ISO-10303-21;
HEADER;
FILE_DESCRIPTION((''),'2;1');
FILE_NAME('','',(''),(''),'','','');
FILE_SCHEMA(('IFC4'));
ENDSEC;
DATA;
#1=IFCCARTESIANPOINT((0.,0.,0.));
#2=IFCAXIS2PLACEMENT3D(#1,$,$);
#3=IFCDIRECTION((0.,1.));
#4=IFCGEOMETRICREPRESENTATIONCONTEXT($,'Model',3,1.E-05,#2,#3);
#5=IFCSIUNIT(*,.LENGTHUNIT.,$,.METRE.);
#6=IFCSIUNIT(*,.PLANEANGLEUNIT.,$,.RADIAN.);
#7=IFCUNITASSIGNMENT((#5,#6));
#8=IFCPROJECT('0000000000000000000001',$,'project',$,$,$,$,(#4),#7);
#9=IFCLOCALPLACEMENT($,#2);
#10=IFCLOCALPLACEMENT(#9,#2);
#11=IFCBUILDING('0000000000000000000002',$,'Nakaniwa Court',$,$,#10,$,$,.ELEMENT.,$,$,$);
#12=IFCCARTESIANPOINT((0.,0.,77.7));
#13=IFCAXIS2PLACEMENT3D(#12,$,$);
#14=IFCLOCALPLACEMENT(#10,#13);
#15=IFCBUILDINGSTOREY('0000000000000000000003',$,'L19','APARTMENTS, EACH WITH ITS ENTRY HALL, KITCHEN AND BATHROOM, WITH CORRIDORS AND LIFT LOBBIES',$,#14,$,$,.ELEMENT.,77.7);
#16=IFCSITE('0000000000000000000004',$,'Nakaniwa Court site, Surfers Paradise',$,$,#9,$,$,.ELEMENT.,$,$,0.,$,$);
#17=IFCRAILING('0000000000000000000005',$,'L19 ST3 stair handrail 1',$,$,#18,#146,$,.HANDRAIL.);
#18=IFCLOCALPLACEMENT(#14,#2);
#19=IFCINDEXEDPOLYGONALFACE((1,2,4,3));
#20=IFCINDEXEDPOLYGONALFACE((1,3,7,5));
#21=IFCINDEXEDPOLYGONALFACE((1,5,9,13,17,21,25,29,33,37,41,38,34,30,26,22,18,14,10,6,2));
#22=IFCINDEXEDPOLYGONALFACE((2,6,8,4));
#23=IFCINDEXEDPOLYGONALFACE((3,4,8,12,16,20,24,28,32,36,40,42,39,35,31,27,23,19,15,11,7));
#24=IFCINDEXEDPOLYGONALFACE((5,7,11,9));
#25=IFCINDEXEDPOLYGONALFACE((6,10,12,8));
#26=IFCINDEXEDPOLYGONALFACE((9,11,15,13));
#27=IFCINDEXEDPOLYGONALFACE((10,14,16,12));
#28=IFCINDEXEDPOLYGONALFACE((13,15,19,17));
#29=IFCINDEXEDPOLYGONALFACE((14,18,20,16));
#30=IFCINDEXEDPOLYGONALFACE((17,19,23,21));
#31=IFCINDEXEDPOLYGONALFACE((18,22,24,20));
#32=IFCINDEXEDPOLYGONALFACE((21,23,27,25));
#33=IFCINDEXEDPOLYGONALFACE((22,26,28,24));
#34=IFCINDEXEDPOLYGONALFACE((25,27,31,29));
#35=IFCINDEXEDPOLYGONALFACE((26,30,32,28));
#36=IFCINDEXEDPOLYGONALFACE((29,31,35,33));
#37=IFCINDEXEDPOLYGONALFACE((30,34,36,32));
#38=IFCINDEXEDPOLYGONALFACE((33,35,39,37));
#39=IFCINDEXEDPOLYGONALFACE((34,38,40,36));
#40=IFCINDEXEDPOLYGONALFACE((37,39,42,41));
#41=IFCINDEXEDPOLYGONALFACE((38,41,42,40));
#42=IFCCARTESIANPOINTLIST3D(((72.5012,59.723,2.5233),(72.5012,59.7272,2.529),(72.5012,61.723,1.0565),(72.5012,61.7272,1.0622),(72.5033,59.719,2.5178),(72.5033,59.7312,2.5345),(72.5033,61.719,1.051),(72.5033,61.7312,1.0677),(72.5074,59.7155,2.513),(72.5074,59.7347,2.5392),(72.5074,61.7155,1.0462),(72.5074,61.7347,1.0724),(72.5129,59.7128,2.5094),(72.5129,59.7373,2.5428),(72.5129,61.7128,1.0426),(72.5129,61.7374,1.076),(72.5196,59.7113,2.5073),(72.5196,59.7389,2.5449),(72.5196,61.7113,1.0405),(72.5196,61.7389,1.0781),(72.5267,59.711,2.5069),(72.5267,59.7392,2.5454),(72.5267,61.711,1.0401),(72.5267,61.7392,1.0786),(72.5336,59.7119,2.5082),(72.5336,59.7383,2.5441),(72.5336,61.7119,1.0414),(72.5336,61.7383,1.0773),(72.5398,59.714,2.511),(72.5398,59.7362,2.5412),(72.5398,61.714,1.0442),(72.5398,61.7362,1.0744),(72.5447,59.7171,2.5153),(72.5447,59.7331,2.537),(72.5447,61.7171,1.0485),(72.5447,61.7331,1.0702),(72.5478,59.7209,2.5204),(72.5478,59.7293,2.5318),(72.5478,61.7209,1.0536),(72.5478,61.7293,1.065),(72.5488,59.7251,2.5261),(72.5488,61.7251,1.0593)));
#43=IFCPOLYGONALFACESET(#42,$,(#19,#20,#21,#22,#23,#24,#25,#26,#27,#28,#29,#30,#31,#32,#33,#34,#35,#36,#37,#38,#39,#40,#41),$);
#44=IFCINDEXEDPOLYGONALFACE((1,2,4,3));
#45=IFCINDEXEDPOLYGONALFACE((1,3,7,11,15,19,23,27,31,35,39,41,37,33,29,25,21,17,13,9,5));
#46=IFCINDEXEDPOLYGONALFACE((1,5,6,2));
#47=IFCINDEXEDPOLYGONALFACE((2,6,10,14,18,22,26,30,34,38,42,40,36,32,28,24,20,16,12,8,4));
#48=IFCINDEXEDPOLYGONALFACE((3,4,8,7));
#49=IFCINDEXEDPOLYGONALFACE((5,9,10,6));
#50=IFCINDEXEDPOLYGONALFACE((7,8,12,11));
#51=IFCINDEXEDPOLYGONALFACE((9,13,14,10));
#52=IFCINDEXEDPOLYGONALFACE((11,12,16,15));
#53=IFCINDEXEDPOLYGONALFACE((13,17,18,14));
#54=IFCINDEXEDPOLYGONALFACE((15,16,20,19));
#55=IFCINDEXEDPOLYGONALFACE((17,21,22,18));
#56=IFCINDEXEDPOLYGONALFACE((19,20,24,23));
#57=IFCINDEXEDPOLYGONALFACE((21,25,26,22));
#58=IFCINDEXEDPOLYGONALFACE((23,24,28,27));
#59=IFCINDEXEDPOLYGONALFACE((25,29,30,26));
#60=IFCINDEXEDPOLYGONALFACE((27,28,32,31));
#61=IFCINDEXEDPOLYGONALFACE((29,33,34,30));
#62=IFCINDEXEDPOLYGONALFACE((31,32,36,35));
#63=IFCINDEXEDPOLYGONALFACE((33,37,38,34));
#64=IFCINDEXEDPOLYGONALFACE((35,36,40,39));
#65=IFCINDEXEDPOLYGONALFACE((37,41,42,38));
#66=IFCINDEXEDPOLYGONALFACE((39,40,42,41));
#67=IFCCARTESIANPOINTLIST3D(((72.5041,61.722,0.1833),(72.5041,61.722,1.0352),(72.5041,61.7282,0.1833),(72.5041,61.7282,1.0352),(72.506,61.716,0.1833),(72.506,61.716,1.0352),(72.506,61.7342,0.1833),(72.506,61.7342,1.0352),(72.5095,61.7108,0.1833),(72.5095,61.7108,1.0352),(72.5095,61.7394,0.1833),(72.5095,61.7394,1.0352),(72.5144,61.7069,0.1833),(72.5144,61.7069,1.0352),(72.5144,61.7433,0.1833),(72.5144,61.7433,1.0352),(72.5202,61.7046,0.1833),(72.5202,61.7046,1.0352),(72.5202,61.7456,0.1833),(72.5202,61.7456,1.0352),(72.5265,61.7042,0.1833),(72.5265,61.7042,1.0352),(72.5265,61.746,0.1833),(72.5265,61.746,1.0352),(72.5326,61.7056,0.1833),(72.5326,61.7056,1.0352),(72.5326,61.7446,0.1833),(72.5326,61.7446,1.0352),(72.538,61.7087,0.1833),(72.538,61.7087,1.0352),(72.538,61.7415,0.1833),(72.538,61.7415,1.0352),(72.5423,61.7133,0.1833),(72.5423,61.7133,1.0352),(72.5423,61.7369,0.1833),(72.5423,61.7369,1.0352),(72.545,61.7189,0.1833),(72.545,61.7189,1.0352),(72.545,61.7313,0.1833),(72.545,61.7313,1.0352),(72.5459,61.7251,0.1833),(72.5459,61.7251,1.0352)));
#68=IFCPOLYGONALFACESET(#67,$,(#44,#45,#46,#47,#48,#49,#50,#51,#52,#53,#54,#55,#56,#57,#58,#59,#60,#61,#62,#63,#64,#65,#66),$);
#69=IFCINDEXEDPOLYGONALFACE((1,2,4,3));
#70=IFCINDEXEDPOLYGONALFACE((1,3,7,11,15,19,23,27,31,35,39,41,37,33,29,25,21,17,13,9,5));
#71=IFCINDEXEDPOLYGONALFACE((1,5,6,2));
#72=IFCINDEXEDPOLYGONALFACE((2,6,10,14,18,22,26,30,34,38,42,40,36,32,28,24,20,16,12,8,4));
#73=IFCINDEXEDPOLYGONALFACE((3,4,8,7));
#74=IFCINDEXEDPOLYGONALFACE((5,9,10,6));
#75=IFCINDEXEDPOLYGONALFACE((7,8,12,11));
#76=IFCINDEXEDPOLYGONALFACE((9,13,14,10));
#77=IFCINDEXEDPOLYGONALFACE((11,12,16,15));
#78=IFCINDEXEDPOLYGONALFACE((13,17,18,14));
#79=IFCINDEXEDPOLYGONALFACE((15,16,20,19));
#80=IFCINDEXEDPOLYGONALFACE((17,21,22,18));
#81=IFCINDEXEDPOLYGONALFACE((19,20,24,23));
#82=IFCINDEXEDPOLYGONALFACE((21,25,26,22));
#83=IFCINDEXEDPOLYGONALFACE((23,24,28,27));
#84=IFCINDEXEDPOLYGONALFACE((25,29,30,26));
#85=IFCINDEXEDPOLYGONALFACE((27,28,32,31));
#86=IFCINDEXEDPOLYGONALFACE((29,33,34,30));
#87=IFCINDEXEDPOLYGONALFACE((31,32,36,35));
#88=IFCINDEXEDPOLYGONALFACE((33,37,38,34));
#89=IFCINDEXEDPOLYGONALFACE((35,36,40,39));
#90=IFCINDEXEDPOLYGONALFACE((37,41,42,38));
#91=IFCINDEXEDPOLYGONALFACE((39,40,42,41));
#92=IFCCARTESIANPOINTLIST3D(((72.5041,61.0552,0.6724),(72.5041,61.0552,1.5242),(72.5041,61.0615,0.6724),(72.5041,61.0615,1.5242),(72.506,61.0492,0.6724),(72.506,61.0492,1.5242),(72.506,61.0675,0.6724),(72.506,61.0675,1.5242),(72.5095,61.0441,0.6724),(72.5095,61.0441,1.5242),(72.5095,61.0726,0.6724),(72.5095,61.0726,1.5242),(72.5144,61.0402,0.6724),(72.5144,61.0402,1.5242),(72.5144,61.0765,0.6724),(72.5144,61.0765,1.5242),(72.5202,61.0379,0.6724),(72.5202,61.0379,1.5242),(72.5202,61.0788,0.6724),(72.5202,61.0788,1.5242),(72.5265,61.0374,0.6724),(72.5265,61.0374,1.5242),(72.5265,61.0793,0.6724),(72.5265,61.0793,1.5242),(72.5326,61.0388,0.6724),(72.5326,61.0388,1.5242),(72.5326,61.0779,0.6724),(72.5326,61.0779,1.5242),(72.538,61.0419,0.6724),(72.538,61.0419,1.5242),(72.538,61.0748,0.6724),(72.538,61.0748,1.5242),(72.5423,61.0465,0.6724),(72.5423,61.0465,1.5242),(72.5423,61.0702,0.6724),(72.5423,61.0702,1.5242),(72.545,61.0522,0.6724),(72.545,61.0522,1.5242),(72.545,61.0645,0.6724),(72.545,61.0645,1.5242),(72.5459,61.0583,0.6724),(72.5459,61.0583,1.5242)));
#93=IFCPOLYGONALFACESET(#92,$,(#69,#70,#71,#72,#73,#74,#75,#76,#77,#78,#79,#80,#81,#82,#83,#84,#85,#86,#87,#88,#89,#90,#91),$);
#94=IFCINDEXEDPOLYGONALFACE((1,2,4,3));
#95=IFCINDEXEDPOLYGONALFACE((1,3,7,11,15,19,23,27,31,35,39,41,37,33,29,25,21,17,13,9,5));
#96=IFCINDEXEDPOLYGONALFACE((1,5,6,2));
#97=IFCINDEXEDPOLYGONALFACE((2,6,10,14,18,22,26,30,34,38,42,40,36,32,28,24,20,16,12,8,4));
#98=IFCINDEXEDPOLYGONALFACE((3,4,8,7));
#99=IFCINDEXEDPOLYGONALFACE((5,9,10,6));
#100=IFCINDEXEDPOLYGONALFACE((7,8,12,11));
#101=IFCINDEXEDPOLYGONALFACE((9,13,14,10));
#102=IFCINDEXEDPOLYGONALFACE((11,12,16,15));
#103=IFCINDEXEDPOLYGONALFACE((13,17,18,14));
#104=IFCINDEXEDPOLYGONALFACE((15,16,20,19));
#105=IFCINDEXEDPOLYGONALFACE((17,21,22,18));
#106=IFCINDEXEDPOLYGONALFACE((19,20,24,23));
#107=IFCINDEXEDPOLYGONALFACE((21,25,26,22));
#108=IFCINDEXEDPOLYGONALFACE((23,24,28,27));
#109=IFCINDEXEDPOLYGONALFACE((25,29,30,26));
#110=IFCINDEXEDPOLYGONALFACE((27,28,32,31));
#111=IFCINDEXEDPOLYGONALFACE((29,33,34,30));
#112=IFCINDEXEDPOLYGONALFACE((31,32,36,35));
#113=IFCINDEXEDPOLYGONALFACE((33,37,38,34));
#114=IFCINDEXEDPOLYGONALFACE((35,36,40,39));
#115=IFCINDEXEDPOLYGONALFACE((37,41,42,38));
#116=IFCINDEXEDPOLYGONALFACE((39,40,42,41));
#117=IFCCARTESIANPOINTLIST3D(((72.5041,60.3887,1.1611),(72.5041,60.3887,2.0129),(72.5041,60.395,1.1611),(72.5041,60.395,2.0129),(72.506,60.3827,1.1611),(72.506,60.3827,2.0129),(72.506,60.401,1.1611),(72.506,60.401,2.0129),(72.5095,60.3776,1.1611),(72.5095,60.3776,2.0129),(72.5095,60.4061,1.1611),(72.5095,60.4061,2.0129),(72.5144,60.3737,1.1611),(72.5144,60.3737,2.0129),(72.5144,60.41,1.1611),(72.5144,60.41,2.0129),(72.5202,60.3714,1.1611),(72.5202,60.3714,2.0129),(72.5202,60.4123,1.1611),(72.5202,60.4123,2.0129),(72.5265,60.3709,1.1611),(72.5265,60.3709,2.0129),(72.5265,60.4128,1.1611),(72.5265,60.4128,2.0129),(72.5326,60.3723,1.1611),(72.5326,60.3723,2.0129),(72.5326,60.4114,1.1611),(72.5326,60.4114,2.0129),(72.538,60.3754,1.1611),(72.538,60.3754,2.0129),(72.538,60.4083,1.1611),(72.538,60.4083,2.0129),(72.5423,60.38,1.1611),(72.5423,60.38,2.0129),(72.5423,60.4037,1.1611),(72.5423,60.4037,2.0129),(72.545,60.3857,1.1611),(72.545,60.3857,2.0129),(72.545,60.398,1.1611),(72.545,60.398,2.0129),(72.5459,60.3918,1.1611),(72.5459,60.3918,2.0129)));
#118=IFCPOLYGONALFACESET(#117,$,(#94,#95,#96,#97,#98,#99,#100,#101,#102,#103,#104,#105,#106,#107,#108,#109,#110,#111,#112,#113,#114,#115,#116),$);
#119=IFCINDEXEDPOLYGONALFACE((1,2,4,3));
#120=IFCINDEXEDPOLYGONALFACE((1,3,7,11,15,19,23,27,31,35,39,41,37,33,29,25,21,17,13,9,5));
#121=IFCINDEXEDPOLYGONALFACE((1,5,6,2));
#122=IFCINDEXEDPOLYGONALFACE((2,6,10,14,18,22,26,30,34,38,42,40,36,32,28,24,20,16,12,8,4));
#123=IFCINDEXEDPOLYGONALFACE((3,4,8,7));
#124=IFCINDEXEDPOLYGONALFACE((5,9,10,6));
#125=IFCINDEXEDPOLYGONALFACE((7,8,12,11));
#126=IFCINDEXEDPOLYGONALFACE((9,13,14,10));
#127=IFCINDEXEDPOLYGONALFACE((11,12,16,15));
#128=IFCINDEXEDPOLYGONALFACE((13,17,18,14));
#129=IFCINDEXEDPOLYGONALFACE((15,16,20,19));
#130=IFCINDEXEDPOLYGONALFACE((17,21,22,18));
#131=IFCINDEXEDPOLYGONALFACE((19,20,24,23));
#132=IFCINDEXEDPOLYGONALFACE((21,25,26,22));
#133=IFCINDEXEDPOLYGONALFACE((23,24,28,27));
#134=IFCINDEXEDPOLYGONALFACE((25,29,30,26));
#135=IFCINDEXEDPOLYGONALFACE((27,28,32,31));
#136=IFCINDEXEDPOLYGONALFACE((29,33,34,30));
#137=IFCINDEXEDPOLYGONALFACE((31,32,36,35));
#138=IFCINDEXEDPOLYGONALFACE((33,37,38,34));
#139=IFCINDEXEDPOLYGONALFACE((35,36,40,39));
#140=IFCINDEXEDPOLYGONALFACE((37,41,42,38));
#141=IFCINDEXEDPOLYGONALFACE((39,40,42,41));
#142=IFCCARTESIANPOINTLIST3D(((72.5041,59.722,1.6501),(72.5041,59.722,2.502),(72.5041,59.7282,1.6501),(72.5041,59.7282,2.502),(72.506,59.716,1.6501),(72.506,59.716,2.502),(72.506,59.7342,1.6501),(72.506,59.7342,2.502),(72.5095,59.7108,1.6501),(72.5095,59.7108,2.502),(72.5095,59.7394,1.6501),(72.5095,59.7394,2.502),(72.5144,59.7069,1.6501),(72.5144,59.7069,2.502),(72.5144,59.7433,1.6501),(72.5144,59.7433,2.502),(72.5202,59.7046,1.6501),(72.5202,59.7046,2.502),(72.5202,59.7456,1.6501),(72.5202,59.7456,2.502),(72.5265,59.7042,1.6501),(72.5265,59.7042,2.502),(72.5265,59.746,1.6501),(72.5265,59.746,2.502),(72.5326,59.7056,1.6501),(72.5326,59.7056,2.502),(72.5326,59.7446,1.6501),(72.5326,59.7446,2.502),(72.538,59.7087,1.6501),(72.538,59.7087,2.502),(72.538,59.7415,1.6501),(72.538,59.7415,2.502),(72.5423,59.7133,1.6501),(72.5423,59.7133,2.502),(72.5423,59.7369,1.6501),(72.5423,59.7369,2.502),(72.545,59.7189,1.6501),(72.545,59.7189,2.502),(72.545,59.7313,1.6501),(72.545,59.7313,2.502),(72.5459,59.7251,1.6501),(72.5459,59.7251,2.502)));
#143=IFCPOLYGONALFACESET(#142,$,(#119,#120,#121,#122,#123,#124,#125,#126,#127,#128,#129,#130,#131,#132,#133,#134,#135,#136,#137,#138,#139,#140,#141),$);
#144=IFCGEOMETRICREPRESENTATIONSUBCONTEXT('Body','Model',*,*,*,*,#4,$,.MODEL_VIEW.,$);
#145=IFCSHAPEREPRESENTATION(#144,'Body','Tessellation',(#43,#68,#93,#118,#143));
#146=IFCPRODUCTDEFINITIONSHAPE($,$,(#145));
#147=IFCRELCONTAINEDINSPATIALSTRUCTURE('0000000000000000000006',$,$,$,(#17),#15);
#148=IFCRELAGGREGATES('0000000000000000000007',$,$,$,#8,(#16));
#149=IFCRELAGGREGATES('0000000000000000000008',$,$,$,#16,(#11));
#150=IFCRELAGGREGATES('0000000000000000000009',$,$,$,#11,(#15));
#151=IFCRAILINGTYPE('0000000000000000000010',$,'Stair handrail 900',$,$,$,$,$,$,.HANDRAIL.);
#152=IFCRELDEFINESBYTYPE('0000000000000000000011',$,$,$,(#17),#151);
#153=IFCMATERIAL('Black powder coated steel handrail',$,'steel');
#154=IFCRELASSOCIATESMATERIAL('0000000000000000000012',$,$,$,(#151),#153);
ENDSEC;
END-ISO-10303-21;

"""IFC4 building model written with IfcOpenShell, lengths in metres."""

from ifc_helpers import new_model, si_unit, direction, frame, origin, origin_2d, place, context, subcontext, project, spatial, circle, extrude, material, type_object, element, save


model = new_model("IFC4")

# Units and contexts
model_context = context("Model", 3, precision=1e-05, world=origin(), true_north=direction((0.0, 1.0)))
body_context = subcontext(model_context, "Body", "Model", "MODEL_VIEW")
ifc_project = project(units=[si_unit("LENGTHUNIT", "METRE"), si_unit("PLANEANGLEUNIT", "RADIAN")], contexts=[model_context])

# Site, building, storey
site_placement = place(None, origin())
site = spatial("IfcSite", under=ifc_project, at=site_placement, Name="Nakaniwa Court site, Surfers Paradise", CompositionType="ELEMENT", RefElevation=0.0)
building_placement = place(site_placement, origin())
building = spatial("IfcBuilding", under=site, at=building_placement, Name="Nakaniwa Court", CompositionType="ELEMENT")
storey_placement = place(building_placement, frame((0.0, 0.0, 77.7)))
storey = spatial("IfcBuildingStorey", under=building, at=storey_placement, Name="L19", Description="APARTMENTS, EACH WITH ITS ENTRY HALL, KITCHEN AND BATHROOM, WITH CORRIDORS AND LIFT LOBBIES", CompositionType="ELEMENT", Elevation=77.7)

# Railing
ifc_material_1 = material(Name="Black powder coated steel handrail", Category="steel")
railing_type_1 = type_object("IfcRailingType", Name="Stair handrail 900", PredefinedType="HANDRAIL", material=ifc_material_1)
railing_1_placement = place(storey_placement, frame((72.5249, 61.7251, 0.1833)))
element("IfcRailing", 1, at=railing_1_placement, inside=storey, type_object=railing_type_1, Name="L19 ST3 stair handrail 1", PredefinedType="HANDRAIL", context=body_context, shape_type="SweptSolid", body=[
    extrude(circle(Radius=0.0239, at=origin_2d()), frame((0.0, 0.0, 0.876), z_axis=(0.0, -0.80638, 0.591398), x_axis=(1.0, 0.0, 0.0)), (0.0, 0.0, 1.0), 2.4802),
    extrude(circle(Radius=0.021, at=origin_2d()), origin(), (0.0, 0.0, 1.0), 0.8518),
    extrude(circle(Radius=0.021, at=origin_2d()), frame((0.0, -0.6667, 0.489)), (0.0, 0.0, 1.0), 0.8518),
    extrude(circle(Radius=0.021, at=origin_2d()), frame((0.0, -1.3333, 0.9778)), (0.0, 0.0, 1.0), 0.8518),
    extrude(circle(Radius=0.021, at=origin_2d()), frame((0.0, -2.0, 1.4668)), (0.0, 0.0, 1.0), 0.8518),
])

save(model, "model.ifc")
